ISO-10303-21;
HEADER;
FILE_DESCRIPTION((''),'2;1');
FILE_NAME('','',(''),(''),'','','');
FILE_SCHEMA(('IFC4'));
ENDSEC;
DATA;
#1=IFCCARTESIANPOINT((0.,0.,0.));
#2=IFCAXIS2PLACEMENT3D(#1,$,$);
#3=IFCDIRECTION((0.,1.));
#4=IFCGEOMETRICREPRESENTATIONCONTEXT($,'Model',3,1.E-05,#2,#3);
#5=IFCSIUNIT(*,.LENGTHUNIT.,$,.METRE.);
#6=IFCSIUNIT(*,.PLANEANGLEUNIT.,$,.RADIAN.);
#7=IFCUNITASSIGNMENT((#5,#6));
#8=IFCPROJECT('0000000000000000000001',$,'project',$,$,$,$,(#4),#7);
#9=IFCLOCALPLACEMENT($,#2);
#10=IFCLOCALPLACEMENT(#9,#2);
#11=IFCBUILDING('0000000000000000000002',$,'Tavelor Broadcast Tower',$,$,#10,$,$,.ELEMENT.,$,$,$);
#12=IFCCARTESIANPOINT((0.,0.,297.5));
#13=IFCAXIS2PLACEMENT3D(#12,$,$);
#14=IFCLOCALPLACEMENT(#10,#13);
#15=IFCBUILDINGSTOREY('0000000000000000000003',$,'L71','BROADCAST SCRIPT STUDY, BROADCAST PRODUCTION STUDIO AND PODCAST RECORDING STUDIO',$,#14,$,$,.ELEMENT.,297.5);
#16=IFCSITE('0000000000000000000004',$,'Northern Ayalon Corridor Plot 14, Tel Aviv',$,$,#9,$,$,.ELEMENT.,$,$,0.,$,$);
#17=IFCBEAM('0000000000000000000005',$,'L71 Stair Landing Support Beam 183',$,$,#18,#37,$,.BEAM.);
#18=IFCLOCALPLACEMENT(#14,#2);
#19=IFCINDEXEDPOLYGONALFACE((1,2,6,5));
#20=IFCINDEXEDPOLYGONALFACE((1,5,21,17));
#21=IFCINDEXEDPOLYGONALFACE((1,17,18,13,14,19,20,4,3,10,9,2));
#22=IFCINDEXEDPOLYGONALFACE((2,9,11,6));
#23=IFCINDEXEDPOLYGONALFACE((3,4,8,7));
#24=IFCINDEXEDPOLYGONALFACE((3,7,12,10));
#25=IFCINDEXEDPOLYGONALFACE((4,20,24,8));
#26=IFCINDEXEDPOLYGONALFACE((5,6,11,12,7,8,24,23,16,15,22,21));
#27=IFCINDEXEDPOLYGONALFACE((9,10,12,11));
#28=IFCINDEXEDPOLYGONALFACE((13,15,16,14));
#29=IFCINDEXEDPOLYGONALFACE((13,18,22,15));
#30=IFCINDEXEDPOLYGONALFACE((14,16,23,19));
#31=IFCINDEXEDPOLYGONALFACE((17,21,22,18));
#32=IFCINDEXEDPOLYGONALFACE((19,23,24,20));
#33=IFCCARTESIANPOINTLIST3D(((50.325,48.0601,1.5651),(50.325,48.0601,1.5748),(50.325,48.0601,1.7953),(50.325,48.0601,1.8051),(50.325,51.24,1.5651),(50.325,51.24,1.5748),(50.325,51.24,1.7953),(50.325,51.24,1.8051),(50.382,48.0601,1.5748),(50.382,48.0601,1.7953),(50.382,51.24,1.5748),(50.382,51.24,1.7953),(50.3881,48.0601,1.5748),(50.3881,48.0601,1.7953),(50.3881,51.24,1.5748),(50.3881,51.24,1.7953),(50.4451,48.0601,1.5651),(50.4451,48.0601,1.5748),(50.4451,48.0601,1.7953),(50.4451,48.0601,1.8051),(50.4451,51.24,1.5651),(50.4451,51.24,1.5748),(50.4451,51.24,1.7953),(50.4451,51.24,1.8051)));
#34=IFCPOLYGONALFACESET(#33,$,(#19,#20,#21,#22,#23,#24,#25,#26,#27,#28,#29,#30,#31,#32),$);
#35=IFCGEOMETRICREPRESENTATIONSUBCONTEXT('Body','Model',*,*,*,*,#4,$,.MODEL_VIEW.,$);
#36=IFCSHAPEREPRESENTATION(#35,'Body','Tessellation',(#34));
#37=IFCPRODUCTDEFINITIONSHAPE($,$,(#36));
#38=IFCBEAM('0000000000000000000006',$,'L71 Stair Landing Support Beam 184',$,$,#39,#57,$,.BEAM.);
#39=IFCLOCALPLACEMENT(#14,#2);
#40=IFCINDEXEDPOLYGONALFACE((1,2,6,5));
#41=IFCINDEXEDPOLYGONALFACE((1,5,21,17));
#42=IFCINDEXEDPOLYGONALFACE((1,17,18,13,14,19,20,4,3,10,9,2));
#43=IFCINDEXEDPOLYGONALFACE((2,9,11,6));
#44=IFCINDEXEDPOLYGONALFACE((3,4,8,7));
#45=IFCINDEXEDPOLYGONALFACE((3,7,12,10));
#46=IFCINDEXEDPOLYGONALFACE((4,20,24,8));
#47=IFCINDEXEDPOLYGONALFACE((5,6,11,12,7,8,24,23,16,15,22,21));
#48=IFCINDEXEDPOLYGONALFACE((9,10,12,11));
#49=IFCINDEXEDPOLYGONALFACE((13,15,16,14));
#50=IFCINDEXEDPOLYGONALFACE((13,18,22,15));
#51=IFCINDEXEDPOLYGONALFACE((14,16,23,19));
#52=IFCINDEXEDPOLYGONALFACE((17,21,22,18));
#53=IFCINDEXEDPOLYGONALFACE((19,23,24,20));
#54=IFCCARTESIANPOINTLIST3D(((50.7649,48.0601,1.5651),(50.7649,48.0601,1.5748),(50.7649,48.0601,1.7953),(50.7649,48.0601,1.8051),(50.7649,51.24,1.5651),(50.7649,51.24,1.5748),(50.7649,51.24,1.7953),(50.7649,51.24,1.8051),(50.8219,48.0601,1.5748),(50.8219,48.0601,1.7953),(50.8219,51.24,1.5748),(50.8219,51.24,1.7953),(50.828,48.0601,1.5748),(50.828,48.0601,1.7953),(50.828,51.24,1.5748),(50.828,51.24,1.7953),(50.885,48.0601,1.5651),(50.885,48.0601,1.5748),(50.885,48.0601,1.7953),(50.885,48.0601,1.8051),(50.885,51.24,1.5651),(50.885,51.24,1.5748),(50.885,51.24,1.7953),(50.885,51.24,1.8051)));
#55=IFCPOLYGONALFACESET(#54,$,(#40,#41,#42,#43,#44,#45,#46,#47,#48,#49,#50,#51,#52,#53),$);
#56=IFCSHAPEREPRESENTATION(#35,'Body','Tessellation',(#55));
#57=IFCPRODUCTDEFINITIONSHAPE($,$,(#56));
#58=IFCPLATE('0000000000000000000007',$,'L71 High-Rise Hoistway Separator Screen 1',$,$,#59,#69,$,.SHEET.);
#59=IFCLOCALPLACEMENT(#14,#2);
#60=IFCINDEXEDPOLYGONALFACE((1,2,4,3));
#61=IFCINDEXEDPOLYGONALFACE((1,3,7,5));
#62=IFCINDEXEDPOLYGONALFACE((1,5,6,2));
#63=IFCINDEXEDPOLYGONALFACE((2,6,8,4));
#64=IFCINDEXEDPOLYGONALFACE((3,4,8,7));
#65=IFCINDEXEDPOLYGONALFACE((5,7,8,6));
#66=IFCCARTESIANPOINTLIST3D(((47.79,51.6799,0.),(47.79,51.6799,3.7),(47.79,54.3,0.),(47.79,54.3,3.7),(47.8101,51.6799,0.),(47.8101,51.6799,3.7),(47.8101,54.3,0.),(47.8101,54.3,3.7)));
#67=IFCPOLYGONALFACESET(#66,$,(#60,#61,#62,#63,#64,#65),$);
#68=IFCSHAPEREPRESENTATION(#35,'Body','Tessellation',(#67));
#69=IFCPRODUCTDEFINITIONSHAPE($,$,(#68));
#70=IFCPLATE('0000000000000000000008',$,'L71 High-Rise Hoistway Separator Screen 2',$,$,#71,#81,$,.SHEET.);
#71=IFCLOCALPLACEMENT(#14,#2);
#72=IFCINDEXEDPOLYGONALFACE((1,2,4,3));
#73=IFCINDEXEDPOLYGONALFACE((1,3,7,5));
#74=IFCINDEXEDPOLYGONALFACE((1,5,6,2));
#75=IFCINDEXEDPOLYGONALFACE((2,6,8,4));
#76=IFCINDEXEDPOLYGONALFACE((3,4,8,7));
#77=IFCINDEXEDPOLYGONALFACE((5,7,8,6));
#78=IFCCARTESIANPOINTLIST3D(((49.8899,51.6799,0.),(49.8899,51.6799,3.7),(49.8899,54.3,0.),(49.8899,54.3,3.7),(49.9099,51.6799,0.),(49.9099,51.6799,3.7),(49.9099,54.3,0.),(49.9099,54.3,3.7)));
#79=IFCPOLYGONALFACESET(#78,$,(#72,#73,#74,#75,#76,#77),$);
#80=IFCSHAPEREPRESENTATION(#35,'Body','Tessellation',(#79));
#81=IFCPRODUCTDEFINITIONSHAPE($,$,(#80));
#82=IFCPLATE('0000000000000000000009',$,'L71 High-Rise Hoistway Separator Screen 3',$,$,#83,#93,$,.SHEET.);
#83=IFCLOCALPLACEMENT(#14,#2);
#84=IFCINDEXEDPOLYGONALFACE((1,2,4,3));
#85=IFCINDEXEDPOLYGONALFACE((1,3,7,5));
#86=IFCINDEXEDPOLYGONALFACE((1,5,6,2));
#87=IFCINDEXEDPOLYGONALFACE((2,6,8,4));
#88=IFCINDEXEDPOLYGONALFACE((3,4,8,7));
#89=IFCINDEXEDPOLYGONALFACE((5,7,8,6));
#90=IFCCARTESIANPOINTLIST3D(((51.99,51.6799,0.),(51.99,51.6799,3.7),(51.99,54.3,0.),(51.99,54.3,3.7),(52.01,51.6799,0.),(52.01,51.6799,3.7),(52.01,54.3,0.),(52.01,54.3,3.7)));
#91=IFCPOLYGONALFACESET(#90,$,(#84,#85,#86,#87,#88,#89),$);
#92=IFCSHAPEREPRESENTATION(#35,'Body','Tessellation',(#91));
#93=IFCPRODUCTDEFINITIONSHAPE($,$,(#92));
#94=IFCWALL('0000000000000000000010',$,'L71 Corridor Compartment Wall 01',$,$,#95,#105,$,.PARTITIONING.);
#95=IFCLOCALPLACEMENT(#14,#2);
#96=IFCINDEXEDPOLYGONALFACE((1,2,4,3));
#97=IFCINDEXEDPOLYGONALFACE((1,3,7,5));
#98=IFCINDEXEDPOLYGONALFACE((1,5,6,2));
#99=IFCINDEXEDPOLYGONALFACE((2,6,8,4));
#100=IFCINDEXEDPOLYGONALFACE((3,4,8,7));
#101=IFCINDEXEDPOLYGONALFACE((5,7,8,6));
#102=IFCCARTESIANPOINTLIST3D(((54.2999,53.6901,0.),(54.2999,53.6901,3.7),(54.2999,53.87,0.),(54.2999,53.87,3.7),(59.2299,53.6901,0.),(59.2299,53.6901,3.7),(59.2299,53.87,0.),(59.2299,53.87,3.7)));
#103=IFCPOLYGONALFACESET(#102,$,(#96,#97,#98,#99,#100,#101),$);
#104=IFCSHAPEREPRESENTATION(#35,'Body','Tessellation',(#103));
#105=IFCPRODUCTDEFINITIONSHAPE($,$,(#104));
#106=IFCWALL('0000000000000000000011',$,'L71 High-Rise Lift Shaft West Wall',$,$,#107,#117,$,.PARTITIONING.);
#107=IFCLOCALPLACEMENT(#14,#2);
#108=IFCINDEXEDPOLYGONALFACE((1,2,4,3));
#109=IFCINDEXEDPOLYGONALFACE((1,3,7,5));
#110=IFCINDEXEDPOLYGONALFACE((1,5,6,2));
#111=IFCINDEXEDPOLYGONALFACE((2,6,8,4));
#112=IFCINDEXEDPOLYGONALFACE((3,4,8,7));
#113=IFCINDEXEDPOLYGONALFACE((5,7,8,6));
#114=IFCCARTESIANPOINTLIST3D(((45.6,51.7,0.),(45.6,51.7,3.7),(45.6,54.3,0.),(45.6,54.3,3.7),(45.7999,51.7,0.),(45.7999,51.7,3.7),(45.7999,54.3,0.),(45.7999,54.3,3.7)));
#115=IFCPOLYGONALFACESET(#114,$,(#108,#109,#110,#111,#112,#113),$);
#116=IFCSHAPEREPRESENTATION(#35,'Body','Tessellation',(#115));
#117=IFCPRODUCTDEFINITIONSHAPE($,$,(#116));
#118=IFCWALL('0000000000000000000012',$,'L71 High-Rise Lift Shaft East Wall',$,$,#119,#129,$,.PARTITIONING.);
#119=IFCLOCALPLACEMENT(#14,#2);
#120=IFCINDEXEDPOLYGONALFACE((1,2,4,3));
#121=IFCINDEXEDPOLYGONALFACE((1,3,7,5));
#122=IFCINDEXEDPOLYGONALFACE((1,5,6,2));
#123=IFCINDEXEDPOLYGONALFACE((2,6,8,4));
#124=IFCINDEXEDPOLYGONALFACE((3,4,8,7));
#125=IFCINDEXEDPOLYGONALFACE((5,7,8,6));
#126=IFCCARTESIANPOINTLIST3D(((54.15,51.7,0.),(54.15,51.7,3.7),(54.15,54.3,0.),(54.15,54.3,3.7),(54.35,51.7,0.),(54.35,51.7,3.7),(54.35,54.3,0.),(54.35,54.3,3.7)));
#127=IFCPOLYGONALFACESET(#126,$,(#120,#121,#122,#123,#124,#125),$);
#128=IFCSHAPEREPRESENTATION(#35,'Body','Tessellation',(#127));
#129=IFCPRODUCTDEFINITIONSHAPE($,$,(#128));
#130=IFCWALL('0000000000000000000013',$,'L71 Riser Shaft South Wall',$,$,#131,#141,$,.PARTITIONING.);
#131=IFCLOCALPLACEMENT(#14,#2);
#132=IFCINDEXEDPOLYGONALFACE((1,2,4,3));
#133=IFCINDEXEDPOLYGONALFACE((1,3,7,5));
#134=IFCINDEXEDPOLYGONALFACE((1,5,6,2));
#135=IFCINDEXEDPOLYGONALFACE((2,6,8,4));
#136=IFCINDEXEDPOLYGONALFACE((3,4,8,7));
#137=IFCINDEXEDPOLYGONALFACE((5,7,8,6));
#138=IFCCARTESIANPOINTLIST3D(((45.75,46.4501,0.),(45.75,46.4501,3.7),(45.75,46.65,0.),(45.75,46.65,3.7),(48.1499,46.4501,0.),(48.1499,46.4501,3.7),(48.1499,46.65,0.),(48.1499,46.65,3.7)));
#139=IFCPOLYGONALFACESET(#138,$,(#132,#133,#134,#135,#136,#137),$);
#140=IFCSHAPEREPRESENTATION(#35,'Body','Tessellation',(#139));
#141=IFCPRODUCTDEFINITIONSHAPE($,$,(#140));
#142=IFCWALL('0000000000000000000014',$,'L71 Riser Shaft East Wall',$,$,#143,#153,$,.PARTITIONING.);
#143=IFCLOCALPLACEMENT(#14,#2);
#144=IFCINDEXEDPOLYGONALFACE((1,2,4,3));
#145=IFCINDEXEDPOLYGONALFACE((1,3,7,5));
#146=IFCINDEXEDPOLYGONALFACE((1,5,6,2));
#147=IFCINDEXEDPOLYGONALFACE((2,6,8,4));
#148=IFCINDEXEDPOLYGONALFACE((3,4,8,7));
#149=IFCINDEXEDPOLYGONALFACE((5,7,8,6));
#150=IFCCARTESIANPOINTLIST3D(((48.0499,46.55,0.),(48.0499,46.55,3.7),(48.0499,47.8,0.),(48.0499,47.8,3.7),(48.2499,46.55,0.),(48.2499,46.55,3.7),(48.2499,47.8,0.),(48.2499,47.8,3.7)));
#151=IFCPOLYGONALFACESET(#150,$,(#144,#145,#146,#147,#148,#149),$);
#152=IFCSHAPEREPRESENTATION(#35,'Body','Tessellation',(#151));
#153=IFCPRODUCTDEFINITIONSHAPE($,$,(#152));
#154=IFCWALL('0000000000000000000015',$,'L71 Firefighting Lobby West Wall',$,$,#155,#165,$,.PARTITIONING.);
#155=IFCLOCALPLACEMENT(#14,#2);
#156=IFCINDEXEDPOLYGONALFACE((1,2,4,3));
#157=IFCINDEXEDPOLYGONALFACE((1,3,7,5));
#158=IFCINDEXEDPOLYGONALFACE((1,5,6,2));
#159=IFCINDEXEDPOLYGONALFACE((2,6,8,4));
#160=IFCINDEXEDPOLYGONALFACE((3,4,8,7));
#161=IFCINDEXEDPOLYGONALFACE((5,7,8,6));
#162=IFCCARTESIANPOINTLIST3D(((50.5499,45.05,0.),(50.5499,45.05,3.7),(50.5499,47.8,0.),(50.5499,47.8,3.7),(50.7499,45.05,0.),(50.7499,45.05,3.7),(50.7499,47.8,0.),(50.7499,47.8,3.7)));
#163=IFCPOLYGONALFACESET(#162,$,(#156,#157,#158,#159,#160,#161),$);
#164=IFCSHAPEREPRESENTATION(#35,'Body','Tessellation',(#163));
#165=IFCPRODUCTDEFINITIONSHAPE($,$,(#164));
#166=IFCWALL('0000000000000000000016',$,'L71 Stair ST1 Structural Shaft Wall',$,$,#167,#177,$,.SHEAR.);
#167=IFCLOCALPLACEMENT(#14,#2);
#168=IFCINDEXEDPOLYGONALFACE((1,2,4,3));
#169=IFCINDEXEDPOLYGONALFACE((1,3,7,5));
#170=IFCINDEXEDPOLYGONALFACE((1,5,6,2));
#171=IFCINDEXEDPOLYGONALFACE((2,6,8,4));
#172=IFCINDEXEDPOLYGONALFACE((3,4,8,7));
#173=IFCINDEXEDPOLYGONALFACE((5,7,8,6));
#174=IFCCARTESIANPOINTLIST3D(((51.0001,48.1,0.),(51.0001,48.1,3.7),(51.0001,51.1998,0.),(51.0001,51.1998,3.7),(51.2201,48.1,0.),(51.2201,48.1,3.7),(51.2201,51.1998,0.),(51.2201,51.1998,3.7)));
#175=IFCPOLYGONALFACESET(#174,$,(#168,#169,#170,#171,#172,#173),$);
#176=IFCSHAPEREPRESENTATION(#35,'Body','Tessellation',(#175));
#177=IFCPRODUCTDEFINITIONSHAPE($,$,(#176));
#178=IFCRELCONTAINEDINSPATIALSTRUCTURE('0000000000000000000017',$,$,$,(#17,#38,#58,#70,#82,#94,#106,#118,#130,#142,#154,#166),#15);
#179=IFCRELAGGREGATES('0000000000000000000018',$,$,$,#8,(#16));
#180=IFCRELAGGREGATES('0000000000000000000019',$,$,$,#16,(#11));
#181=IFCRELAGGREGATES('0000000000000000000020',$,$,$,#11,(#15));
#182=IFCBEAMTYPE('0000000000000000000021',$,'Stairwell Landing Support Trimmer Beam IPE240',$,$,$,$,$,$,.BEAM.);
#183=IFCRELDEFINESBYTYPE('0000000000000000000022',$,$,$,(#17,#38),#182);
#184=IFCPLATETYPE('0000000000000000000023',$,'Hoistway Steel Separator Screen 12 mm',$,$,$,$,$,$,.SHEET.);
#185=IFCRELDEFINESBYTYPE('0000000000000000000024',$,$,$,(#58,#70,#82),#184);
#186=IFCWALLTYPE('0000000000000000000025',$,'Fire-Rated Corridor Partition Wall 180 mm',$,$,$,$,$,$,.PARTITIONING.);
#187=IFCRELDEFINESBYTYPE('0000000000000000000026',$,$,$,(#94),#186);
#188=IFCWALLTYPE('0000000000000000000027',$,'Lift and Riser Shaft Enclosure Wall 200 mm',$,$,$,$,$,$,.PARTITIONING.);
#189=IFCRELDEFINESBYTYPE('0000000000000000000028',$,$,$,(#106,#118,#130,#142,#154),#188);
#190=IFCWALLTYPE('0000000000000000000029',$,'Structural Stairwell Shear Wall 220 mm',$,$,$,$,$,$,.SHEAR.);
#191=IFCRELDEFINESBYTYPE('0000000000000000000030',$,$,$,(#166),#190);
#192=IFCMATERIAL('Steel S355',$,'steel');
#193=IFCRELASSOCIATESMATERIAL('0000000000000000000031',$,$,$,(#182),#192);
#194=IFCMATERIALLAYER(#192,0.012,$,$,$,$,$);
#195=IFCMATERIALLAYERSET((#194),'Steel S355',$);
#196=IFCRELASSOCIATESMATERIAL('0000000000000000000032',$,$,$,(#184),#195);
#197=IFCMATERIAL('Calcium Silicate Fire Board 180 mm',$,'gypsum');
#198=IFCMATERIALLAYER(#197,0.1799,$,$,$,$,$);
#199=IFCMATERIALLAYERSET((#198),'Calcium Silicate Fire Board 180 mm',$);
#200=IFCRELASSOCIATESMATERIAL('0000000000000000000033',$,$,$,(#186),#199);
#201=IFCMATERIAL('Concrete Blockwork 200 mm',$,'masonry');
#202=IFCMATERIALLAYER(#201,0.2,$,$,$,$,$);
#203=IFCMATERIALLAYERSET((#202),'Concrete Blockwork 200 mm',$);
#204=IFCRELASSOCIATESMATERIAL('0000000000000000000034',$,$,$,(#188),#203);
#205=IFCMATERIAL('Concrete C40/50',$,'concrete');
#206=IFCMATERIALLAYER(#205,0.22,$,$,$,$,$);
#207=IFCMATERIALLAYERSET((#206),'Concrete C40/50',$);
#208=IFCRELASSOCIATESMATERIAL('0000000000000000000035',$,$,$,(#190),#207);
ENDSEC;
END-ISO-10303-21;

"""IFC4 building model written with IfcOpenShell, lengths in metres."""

from ifc_helpers import new_model, si_unit, direction, frame, frame_2d, origin, origin_2d, place, context, subcontext, project, spatial, rectangle, i_section, extrude, source, transform, mapped, material, layer, layer_set, material_profile, profile_set, type_object, type_shapes, element, save


model = new_model("IFC4")

# Units and contexts
model_context = context("Model", 3, precision=1e-05, world=origin(), true_north=direction((0.0, 1.0)))
body_context = subcontext(model_context, "Body", "Model", "MODEL_VIEW")
ifc_project = project(units=[si_unit("LENGTHUNIT", "METRE"), si_unit("PLANEANGLEUNIT", "RADIAN")], contexts=[model_context])

# Site, building, storey
site_placement = place(None, origin())
site = spatial("IfcSite", under=ifc_project, at=site_placement, Name="Northern Ayalon Corridor Plot 14, Tel Aviv", CompositionType="ELEMENT", RefElevation=0.0)
building_placement = place(site_placement, origin())
building = spatial("IfcBuilding", under=site, at=building_placement, Name="Tavelor Broadcast Tower", CompositionType="ELEMENT")
storey_placement = place(building_placement, frame((0.0, 0.0, 297.5)))
storey = spatial("IfcBuildingStorey", under=building, at=storey_placement, Name="L71", Description="BROADCAST SCRIPT STUDY, BROADCAST PRODUCTION STUDIO AND PODCAST RECORDING STUDIO", CompositionType="ELEMENT", Elevation=297.5)

# Beams
ifc_material_1 = material(Name="Steel S355", Category="steel")
ifc_material_profile = material_profile(ifc_material_1, i_section(OverallWidth=0.1201, OverallDepth=0.24, WebThickness=0.0061, FlangeThickness=0.0098, at=origin_2d()), Name="IPE 240")
ifc_profile_set = profile_set([ifc_material_profile], Name="Steel S355")
beam_type = type_object("IfcBeamType", Name="Stairwell Landing Support Trimmer Beam IPE240", PredefinedType="BEAM", material=ifc_profile_set)
for number, where, z_axis, x_axis, name in (
    (1, (50.385, 48.0601, 1.6851), (0.0, 1.0, 0.0), (-1.0, 0.0, 0.0), "L71 Stair Landing Support Beam 183"),
    (2, (50.825, 48.0601, 1.6851), (0.0, 1.0, 0.0), (-1.0, 0.0, 0.0), "L71 Stair Landing Support Beam 184"),
):
    element("IfcBeam", number, at=place(storey_placement, frame(where, z_axis=z_axis, x_axis=x_axis)), inside=storey, type_object=beam_type, Name=name, PredefinedType="BEAM", context=body_context, shape_type="SweptSolid", body=[
        extrude(i_section(OverallWidth=0.1201, OverallDepth=0.24, WebThickness=0.0061, FlangeThickness=0.0098, at=origin_2d()), origin(), (0.0, 0.0, 1.0), 3.1799),
    ])

# Plates
ifc_layer_1 = layer(ifc_material_1, 0.012)
ifc_layer_set_1 = layer_set([ifc_layer_1], Name="Steel S355")
plate_type = type_object("IfcPlateType", Name="Hoistway Steel Separator Screen 12 mm", PredefinedType="SHEET", material=ifc_layer_set_1)
shared_shape = source(origin(), body_context, "Body", "SweptSolid", [
    extrude(rectangle(XDim=0.02, YDim=2.6201, at=origin_2d()), origin(), (0.0, 0.0, 1.0), 3.7),
])
type_shapes(plate_type, [shared_shape])
for number, where, z_axis, x_axis, name in (
    (3, (47.8, 52.99, 0.0), (0.0, 0.0, 1.0), (1.0, 0.0, 0.0), "L71 High-Rise Hoistway Separator Screen 1"),
    (4, (49.8999, 52.99, 0.0), (0.0, 0.0, 1.0), (1.0, 0.0, 0.0), "L71 High-Rise Hoistway Separator Screen 2"),
    (5, (52.0, 52.99, 0.0), (0.0, 0.0, 1.0), (1.0, 0.0, 0.0), "L71 High-Rise Hoistway Separator Screen 3"),
):
    element("IfcPlate", number, at=place(storey_placement, frame(where, z_axis=z_axis, x_axis=x_axis)), inside=storey, type_object=plate_type, Name=name, PredefinedType="SHEET", context=body_context, shape_type="MappedRepresentation", body=[
        mapped(shared_shape, transform((0.0, 0.0, 0.0), scale=1.0)),
    ])

# Walls
ifc_material_2 = material(Name="Calcium Silicate Fire Board 180 mm", Category="gypsum")
ifc_layer_2 = layer(ifc_material_2, 0.1799)
ifc_layer_set_2 = layer_set([ifc_layer_2], Name="Calcium Silicate Fire Board 180 mm")
wall_type_1 = type_object("IfcWallType", Name="Fire-Rated Corridor Partition Wall 180 mm", PredefinedType="PARTITIONING", material=ifc_layer_set_2)
wall_1_placement = place(storey_placement, frame((54.3, 53.78, 0.0), z_axis=(0.0, 0.0, 1.0), x_axis=(1.0, 0.0, 0.0)))
element("IfcWall", 6, at=wall_1_placement, inside=storey, type_object=wall_type_1, Name="L71 Corridor Compartment Wall 01", PredefinedType="PARTITIONING", context=body_context, shape_type="SweptSolid", body=[
    extrude(rectangle(XDim=4.9299, YDim=0.1799, at=frame_2d((2.4648, 0.0))), origin(), (0.0, 0.0, 1.0), 3.7),
])
ifc_material_3 = material(Name="Concrete Blockwork 200 mm", Category="masonry")
ifc_layer_3 = layer(ifc_material_3, 0.2)
ifc_layer_set_3 = layer_set([ifc_layer_3], Name="Concrete Blockwork 200 mm")
wall_type_2 = type_object("IfcWallType", Name="Lift and Riser Shaft Enclosure Wall 200 mm", PredefinedType="PARTITIONING", material=ifc_layer_set_3)
for number, where, z_axis, x_axis, name in (
    (7, (45.7, 51.7, 0.0), (0.0, 0.0, 1.0), (0.0, 1.0, 0.0), "L71 High-Rise Lift Shaft West Wall"),
    (8, (54.25, 51.7, 0.0), (0.0, 0.0, 1.0), (0.0, 1.0, 0.0), "L71 High-Rise Lift Shaft East Wall"),
):
    element("IfcWall", number, at=place(storey_placement, frame(where, z_axis=z_axis, x_axis=x_axis)), inside=storey, type_object=wall_type_2, Name=name, PredefinedType="PARTITIONING", context=body_context, shape_type="SweptSolid", body=[
        extrude(rectangle(XDim=2.6001, YDim=0.2, at=frame_2d((1.3, 0.0))), origin(), (0.0, 0.0, 1.0), 3.7),
    ])
wall_2_placement = place(storey_placement, frame((45.75, 46.55, 0.0), z_axis=(0.0, 0.0, 1.0), x_axis=(1.0, 0.0, 0.0)))
element("IfcWall", 9, at=wall_2_placement, inside=storey, type_object=wall_type_2, Name="L71 Riser Shaft South Wall", PredefinedType="PARTITIONING", context=body_context, shape_type="SweptSolid", body=[
    extrude(rectangle(XDim=2.3999, YDim=0.2, at=frame_2d((1.2, 0.0))), origin(), (0.0, 0.0, 1.0), 3.7),
])
wall_3_placement = place(storey_placement, frame((48.1499, 46.55, 0.0), z_axis=(0.0, 0.0, 1.0), x_axis=(0.0, 1.0, 0.0)))
element("IfcWall", 10, at=wall_3_placement, inside=storey, type_object=wall_type_2, Name="L71 Riser Shaft East Wall", PredefinedType="PARTITIONING", context=body_context, shape_type="SweptSolid", body=[
    extrude(rectangle(XDim=1.25, YDim=0.2, at=frame_2d((0.625, 0.0))), origin(), (0.0, 0.0, 1.0), 3.7),
])
wall_4_placement = place(storey_placement, frame((50.6499, 45.05, 0.0), z_axis=(0.0, 0.0, 1.0), x_axis=(0.0, 1.0, 0.0)))
element("IfcWall", 11, at=wall_4_placement, inside=storey, type_object=wall_type_2, Name="L71 Firefighting Lobby West Wall", PredefinedType="PARTITIONING", context=body_context, shape_type="SweptSolid", body=[
    extrude(rectangle(XDim=2.75, YDim=0.2, at=frame_2d((1.375, 0.0))), origin(), (0.0, 0.0, 1.0), 3.7),
])
ifc_material_4 = material(Name="Concrete C40/50", Category="concrete")
ifc_layer_4 = layer(ifc_material_4, 0.22)
ifc_layer_set_4 = layer_set([ifc_layer_4], Name="Concrete C40/50")
wall_type_3 = type_object("IfcWallType", Name="Structural Stairwell Shear Wall 220 mm", PredefinedType="SHEAR", material=ifc_layer_set_4)
wall_5_placement = place(storey_placement, frame((51.1101, 48.1001, 0.0), z_axis=(0.0, 0.0, 1.0), x_axis=(0.0, 1.0, 0.0)))
element("IfcWall", 12, at=wall_5_placement, inside=storey, type_object=wall_type_3, Name="L71 Stair ST1 Structural Shaft Wall", PredefinedType="SHEAR", context=body_context, shape_type="SweptSolid", body=[
    extrude(rectangle(XDim=3.0999, YDim=0.22, at=frame_2d((1.5498, 0.0))), origin(), (0.0, 0.0, 1.0), 3.7),
])

save(model, "model.ifc")
